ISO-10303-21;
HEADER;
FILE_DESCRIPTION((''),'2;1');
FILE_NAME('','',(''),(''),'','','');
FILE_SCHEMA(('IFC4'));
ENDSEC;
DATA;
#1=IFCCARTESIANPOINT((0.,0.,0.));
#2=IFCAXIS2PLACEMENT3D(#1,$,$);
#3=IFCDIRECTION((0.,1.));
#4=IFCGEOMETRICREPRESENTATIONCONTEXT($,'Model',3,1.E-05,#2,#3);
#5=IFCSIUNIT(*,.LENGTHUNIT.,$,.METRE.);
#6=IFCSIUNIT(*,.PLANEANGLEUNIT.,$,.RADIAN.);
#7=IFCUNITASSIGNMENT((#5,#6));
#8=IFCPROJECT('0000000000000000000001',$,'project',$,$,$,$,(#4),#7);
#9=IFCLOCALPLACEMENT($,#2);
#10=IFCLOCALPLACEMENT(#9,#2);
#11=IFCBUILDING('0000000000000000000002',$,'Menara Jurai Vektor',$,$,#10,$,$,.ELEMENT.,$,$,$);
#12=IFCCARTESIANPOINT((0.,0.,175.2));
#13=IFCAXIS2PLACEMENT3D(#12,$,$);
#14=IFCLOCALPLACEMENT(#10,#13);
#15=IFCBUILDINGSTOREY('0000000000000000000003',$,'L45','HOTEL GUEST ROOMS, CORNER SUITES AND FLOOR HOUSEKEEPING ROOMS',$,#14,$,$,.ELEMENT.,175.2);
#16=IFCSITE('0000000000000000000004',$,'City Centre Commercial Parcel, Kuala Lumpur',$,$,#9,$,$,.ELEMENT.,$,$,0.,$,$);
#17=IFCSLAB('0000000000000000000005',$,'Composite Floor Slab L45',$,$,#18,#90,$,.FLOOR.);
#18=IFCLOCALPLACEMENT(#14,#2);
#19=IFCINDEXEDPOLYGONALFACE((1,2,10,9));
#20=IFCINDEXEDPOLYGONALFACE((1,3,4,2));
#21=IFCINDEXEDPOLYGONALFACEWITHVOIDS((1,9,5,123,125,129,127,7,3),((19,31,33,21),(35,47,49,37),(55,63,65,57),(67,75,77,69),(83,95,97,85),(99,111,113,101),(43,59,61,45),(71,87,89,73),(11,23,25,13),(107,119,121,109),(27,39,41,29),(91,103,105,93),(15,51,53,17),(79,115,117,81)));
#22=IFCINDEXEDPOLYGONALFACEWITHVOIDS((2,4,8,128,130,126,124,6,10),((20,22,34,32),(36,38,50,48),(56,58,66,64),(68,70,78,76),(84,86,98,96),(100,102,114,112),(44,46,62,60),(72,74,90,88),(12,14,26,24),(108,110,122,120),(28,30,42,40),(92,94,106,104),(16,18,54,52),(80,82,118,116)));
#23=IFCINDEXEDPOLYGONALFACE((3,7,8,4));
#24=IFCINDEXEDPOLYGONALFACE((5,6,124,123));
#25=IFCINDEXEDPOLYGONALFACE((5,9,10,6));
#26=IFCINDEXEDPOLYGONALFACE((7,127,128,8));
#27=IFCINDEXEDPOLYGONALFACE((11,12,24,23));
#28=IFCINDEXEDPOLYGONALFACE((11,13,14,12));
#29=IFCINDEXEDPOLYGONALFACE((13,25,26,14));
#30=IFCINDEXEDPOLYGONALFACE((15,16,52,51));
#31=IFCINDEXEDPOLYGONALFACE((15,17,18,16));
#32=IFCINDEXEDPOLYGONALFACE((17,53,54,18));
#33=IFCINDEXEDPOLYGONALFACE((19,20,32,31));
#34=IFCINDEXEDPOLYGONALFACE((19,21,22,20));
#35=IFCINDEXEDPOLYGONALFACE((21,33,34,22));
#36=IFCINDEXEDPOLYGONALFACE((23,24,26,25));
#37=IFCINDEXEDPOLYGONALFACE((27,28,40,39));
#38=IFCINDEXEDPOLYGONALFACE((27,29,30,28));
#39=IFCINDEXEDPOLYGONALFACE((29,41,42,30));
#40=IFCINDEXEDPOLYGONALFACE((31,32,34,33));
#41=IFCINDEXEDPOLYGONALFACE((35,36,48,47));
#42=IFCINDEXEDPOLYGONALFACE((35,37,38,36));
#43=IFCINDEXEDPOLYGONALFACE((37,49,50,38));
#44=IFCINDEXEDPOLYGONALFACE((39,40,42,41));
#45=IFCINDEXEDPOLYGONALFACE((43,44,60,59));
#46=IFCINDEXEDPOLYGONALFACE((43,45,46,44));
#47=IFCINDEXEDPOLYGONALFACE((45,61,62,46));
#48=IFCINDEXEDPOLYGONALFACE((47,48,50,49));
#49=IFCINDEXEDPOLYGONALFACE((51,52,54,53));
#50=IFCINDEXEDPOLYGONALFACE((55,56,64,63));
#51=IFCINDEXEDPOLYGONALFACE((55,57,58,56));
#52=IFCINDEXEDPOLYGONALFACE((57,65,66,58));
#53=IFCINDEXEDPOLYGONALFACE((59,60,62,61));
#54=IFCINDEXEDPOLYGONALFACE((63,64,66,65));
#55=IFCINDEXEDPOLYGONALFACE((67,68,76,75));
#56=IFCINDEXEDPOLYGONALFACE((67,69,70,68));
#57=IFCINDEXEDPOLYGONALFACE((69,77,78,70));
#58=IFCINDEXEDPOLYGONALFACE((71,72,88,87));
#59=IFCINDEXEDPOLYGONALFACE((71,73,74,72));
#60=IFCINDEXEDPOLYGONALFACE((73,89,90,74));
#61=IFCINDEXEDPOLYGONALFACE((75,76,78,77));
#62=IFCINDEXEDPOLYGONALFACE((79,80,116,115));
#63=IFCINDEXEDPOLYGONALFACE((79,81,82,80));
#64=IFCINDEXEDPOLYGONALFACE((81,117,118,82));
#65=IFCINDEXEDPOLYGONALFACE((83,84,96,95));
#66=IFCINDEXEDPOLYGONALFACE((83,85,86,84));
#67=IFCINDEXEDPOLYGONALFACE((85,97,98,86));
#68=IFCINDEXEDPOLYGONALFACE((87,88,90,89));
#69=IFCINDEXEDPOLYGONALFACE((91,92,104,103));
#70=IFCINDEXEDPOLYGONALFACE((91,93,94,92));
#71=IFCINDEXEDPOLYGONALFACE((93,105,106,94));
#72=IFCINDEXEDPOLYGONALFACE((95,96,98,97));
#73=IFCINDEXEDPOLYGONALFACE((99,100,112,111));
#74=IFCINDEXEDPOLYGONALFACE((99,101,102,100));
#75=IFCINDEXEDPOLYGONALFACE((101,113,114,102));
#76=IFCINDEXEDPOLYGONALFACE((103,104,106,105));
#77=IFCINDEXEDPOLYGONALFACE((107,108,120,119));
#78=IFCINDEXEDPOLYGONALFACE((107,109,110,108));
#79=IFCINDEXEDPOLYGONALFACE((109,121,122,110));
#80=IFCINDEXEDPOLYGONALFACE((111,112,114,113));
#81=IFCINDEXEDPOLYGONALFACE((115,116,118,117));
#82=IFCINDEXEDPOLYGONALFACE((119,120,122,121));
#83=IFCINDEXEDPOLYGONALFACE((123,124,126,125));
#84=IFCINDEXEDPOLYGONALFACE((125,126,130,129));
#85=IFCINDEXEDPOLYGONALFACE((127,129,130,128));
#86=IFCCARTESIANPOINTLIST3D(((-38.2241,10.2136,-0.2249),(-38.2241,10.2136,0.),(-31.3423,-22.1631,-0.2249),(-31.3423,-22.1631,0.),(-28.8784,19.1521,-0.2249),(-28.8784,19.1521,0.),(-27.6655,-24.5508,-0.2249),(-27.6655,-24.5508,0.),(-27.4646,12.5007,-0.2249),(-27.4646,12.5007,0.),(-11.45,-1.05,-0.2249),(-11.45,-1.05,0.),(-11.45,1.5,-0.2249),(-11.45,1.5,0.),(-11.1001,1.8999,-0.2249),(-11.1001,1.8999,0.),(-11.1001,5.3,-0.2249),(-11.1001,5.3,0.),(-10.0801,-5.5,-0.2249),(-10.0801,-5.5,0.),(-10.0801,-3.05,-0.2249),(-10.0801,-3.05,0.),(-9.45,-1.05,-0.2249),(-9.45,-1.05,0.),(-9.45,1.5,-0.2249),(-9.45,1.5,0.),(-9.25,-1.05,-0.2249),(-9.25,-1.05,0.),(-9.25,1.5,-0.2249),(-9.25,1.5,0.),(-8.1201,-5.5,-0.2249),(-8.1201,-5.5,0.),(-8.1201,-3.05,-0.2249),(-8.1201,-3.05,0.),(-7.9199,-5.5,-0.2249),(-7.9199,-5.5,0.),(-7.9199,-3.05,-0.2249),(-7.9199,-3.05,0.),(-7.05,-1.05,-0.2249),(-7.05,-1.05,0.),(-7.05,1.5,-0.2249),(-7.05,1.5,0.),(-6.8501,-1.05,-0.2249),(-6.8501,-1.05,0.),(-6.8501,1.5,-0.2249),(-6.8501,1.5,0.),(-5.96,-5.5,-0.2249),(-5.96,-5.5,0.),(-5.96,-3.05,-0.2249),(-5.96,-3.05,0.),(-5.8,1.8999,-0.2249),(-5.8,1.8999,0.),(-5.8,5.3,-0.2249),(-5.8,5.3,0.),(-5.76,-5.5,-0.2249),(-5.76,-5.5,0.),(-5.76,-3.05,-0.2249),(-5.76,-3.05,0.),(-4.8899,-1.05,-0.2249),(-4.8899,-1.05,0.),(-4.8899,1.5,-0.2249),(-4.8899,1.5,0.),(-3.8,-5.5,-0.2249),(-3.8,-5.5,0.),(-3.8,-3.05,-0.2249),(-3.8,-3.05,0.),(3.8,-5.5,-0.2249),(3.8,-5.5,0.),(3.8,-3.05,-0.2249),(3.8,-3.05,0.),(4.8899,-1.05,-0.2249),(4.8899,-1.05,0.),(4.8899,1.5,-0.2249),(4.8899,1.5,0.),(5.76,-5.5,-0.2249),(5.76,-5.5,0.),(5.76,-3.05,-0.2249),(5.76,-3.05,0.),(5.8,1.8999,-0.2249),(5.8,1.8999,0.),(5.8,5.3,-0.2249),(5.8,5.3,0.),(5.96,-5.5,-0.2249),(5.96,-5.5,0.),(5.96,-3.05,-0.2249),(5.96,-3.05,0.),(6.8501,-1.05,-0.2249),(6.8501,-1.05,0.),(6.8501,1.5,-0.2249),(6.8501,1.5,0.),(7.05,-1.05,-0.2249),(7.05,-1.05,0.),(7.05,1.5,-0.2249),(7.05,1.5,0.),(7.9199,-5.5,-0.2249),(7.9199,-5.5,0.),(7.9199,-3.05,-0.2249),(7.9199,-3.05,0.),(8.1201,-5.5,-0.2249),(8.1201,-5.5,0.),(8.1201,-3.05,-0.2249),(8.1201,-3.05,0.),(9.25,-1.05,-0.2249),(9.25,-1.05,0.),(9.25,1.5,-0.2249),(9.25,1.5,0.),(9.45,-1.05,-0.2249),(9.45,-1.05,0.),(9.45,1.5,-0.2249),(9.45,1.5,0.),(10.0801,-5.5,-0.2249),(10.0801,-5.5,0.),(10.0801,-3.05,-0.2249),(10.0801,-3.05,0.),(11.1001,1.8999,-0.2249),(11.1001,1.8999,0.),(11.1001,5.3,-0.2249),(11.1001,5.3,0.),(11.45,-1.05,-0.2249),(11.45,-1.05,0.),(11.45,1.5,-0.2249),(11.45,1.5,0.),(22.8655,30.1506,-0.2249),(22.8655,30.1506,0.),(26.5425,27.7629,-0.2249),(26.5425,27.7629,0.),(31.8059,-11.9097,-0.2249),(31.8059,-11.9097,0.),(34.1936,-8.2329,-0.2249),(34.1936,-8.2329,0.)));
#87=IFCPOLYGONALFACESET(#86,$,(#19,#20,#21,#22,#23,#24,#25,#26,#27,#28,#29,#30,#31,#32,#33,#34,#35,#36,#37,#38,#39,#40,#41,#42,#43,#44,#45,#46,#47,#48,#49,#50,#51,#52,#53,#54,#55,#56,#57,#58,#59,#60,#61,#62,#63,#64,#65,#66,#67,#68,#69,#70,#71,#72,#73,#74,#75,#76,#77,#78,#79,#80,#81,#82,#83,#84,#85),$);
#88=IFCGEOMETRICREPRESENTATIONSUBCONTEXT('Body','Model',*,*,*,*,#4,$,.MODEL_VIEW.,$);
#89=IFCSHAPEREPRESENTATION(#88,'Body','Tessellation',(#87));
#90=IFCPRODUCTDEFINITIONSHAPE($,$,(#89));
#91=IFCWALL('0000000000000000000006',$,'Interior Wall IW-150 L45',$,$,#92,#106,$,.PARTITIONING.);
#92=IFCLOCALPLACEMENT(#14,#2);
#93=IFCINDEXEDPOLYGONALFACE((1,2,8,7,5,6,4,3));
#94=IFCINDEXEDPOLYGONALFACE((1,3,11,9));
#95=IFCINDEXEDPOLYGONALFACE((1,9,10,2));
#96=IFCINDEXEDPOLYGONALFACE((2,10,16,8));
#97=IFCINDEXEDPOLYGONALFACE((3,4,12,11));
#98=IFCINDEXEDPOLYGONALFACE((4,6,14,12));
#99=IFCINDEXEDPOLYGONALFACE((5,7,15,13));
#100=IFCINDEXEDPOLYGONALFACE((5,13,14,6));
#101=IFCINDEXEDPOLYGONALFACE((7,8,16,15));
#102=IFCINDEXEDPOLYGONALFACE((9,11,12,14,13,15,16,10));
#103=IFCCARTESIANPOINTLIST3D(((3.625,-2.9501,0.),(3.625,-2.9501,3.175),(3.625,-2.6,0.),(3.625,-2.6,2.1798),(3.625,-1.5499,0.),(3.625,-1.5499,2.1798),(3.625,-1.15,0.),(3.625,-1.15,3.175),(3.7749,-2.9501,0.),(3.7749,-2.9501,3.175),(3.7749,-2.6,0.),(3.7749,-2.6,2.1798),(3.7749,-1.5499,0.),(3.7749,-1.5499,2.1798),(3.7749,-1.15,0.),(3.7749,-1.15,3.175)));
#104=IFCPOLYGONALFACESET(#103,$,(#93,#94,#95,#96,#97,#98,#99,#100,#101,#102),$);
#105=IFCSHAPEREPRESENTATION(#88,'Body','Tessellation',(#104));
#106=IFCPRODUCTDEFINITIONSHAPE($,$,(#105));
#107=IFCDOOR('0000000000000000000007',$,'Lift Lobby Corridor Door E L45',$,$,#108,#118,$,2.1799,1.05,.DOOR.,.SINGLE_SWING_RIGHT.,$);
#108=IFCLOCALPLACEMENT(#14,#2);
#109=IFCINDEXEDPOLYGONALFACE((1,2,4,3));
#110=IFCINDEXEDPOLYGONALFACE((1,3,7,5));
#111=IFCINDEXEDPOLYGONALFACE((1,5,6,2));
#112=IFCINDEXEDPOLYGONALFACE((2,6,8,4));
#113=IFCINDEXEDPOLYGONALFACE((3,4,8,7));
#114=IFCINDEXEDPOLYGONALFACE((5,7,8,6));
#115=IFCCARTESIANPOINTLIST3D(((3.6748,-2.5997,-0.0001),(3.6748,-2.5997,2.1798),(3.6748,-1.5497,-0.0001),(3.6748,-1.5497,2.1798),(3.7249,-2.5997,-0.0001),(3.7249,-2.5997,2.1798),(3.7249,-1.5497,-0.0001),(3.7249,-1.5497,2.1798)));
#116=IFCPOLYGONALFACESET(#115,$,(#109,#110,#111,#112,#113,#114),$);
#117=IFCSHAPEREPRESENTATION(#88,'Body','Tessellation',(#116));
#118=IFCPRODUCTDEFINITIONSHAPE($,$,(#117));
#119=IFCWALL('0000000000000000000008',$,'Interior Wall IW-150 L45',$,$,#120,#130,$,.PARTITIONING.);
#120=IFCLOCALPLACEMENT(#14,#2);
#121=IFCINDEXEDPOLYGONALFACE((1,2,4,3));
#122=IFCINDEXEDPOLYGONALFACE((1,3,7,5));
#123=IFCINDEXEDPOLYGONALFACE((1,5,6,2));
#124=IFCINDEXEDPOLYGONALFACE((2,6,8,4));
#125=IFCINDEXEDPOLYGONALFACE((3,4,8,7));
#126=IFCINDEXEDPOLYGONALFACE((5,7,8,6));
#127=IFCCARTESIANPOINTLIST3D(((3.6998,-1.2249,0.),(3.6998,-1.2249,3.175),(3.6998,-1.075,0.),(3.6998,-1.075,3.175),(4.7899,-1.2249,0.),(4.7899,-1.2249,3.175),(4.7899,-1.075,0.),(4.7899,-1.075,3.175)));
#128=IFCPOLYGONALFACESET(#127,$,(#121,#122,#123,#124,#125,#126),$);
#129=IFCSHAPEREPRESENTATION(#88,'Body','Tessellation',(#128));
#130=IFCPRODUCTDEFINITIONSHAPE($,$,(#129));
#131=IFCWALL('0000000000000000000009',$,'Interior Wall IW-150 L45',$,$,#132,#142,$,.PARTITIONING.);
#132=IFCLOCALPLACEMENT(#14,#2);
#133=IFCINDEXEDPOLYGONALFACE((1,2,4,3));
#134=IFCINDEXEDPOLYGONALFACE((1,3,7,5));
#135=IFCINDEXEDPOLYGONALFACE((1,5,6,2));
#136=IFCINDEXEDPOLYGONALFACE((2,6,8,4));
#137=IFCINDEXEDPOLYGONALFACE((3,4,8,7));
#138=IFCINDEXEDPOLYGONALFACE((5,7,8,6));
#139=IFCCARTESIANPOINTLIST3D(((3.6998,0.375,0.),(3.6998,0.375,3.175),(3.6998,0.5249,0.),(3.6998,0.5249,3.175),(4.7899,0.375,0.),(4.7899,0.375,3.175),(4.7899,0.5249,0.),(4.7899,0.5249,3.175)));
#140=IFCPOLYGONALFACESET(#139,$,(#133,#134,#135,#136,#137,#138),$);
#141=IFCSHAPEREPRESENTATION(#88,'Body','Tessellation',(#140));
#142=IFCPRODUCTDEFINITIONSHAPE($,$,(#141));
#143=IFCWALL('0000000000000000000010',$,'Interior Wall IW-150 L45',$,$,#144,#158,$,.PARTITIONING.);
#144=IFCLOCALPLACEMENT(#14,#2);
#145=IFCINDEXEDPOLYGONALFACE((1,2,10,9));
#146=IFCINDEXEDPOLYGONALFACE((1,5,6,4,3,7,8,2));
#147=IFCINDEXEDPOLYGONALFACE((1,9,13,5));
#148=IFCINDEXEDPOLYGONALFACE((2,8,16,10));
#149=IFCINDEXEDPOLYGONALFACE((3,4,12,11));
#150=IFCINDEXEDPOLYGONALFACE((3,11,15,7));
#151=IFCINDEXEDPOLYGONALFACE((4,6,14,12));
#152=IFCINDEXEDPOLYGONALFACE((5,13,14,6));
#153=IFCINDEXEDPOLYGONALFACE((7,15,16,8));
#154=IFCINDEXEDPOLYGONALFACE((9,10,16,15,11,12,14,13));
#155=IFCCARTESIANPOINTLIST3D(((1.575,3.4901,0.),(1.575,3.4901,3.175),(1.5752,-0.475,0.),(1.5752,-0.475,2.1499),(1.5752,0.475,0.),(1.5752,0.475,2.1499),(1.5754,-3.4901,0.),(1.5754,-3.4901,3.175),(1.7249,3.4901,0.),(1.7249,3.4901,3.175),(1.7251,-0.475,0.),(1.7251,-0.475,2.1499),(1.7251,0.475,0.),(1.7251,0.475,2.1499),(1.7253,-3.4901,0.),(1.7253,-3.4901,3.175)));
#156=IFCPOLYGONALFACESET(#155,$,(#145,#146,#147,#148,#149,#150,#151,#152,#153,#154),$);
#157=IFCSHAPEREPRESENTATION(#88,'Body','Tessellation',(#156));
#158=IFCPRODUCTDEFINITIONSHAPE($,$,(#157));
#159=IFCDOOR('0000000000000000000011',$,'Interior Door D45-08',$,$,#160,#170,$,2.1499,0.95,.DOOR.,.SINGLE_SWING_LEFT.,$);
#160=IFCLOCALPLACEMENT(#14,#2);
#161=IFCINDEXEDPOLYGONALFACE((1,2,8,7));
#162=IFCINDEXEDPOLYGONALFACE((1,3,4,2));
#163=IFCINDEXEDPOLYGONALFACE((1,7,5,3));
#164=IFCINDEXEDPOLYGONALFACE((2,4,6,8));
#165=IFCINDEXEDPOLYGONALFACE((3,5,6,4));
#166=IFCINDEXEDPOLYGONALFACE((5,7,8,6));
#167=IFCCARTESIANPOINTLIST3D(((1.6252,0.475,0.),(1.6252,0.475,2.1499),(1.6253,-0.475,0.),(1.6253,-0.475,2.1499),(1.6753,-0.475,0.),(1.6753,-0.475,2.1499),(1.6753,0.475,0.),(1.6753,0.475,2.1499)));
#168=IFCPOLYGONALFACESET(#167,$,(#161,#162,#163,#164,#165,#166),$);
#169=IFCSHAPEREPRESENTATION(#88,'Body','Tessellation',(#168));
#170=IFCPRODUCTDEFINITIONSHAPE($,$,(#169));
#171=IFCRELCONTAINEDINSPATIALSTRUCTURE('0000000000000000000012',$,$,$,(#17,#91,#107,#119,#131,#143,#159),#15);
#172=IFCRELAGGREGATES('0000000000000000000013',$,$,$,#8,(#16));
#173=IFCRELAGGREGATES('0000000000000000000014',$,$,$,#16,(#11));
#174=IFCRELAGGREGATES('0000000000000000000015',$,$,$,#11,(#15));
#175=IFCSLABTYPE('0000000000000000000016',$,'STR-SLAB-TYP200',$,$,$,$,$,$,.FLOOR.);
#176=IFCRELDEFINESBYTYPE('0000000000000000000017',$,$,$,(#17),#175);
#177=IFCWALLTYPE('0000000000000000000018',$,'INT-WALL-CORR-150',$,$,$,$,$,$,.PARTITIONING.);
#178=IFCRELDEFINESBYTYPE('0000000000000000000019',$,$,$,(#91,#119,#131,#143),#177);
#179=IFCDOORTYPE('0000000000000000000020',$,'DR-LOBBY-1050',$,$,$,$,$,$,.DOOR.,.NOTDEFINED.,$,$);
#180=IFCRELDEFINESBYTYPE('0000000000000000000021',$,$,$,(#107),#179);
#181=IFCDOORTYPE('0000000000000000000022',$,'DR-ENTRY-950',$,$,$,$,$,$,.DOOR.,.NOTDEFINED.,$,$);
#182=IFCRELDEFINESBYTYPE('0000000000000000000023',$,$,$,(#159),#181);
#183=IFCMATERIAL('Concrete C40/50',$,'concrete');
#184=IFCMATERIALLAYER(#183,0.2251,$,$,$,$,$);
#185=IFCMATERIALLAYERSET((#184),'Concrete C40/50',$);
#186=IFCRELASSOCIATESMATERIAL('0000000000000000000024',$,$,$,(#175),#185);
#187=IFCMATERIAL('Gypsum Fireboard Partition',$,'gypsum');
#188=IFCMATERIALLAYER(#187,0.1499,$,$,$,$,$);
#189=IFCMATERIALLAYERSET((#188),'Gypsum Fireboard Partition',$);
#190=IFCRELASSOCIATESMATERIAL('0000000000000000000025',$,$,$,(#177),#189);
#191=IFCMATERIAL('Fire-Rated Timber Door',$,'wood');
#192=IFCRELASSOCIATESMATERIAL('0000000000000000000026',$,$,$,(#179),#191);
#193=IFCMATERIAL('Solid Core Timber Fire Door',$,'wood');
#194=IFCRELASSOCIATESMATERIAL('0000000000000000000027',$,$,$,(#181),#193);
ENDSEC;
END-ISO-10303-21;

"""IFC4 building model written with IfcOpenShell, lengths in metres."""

from ifc_helpers import new_model, si_unit, direction, frame, frame_2d, origin, place, context, subcontext, project, spatial, polyline, rectangle, outline, extrude, material, layer, layer_set, type_object, element, fill, save


model = new_model("IFC4")

# Units and contexts
model_context = context("Model", 3, precision=1e-05, world=origin(), true_north=direction((0.0, 1.0)))
body_context = subcontext(model_context, "Body", "Model", "MODEL_VIEW")
ifc_project = project(units=[si_unit("LENGTHUNIT", "METRE"), si_unit("PLANEANGLEUNIT", "RADIAN")], contexts=[model_context])

# Site, building, storey
site_placement = place(None, origin())
site = spatial("IfcSite", under=ifc_project, at=site_placement, Name="City Centre Commercial Parcel, Kuala Lumpur", CompositionType="ELEMENT", RefElevation=0.0)
building_placement = place(site_placement, origin())
building = spatial("IfcBuilding", under=site, at=building_placement, Name="Menara Jurai Vektor", CompositionType="ELEMENT")
storey_placement = place(building_placement, frame((0.0, 0.0, 175.2)))
storey = spatial("IfcBuildingStorey", under=building, at=storey_placement, Name="L45", Description="HOTEL GUEST ROOMS, CORNER SUITES AND FLOOR HOUSEKEEPING ROOMS", CompositionType="ELEMENT", Elevation=175.2)

# Shared definitions
ifc_material_1 = material(Name="Concrete C40/50", Category="concrete")

# Slab
ifc_layer_1 = layer(ifc_material_1, 0.2251)
ifc_layer_set_1 = layer_set([ifc_layer_1], Name="Concrete C40/50")
slab_type_1 = type_object("IfcSlabType", Name="STR-SLAB-TYP200", PredefinedType="FLOOR", material=ifc_layer_set_1)
slab_1_placement = place(storey_placement, frame((0.0, 0.0, -0.2249)))
element("IfcSlab", 1, at=slab_1_placement, inside=storey, type_object=slab_type_1, Name="Composite Floor Slab L45", PredefinedType="FLOOR", context=body_context, shape_type="SweptSolid", body=[
    extrude(outline(polyline([(-28.8784, 19.1521), (-27.4646, 12.5007), (-38.2241, 10.2136), (-31.3423, -22.1631), (-27.6655, -24.5508), (31.8059, -11.9097), (34.1936, -8.2329), (26.5425, 27.7629), (22.8655, 30.1506), (-28.8784, 19.1521)]), holes=[polyline([(-11.1001, 1.8999), (-11.1001, 5.3), (-5.8, 5.3), (-5.8, 1.8999), (-11.1001, 1.8999)]), polyline([(5.8, 1.8999), (5.8, 5.3), (11.1001, 5.3), (11.1001, 1.8999), (5.8, 1.8999)]), polyline([(-11.45, -1.05), (-11.45, 1.5), (-9.45, 1.5), (-9.45, -1.05), (-11.45, -1.05)]), polyline([(9.45, -1.05), (9.45, 1.5), (11.45, 1.5), (11.45, -1.05), (9.45, -1.05)]), polyline([(-5.76, -5.5), (-5.76, -3.05), (-3.8, -3.05), (-3.8, -5.5), (-5.76, -5.5)]), polyline([(-6.8501, -1.05), (-6.8501, 1.5), (-4.8899, 1.5), (-4.8899, -1.05), (-6.8501, -1.05)]), polyline([(3.8, -5.5), (3.8, -3.05), (5.76, -3.05), (5.76, -5.5), (3.8, -5.5)]), polyline([(4.8899, -1.05), (4.8899, 1.5), (6.8501, 1.5), (6.8501, -1.05), (4.8899, -1.05)]), polyline([(-10.0801, -5.5), (-10.0801, -3.05), (-8.1201, -3.05), (-8.1201, -5.5), (-10.0801, -5.5)]), polyline([(-7.9199, -5.5), (-7.9199, -3.05), (-5.96, -3.05), (-5.96, -5.5), (-7.9199, -5.5)]), polyline([(5.96, -5.5), (5.96, -3.05), (7.9199, -3.05), (7.9199, -5.5), (5.96, -5.5)]), polyline([(8.1201, -5.5), (8.1201, -3.05), (10.0801, -3.05), (10.0801, -5.5), (8.1201, -5.5)]), polyline([(-9.25, -1.05), (-9.25, 1.5), (-7.05, 1.5), (-7.05, -1.05), (-9.25, -1.05)]), polyline([(7.05, -1.05), (7.05, 1.5), (9.25, 1.5), (9.25, -1.05), (7.05, -1.05)])]), origin(), (0.0, 0.0, 1.0), 0.2249),
])

# Wall, opening, door
ifc_material_2 = material(Name="Gypsum Fireboard Partition", Category="gypsum")
ifc_layer_2 = layer(ifc_material_2, 0.1499)
ifc_layer_set_2 = layer_set([ifc_layer_2], Name="Gypsum Fireboard Partition")
wall_type_1 = type_object("IfcWallType", Name="INT-WALL-CORR-150", PredefinedType="PARTITIONING", material=ifc_layer_set_2)
wall_1_placement = place(storey_placement, frame((3.7, -2.95, 0.0), z_axis=(0.0, 0.0, 1.0), x_axis=(0.0, 1.0, 0.0)))
wall_1 = element("IfcWall", 2, at=wall_1_placement, inside=storey, type_object=wall_type_1, Name="Interior Wall IW-150 L45", PredefinedType="PARTITIONING", context=body_context, shape_type="SweptSolid", body=[
    extrude(rectangle(XDim=1.8, YDim=0.1499, at=frame_2d((0.8999, 0.0))), origin(), (0.0, 0.0, 1.0), 3.175),
])
opening_1_placement = place(wall_1_placement, frame((0.3501, 0.0, 0.0)))
opening_1 = element("IfcOpeningElement", 3, at=opening_1_placement, cuts=wall_1, PredefinedType="OPENING", context=body_context, shape_type="SweptSolid", body=[
    extrude(rectangle(XDim=1.05, YDim=2.1799, at=frame_2d((0.5249, 1.0898))), frame((0.0, 0.085, 0.0), z_axis=(0.0, -1.0, 0.0), x_axis=(1.0, 0.0, 0.0)), (0.0, 0.0, 1.0), 0.1699),
])
ifc_material_3 = material(Name="Fire-Rated Timber Door", Category="wood")
door_type_1 = type_object("IfcDoorType", Name="DR-LOBBY-1050", OperationType="NOTDEFINED", PredefinedType="DOOR", material=ifc_material_3)
door_1_placement = place(opening_1_placement, frame((1.05, 0.0, 0.0), z_axis=(0.0, 0.0, 1.0), x_axis=(-1.0, 0.0, 0.0)))
door_1 = element("IfcDoor", 4, at=door_1_placement, inside=storey, type_object=door_type_1, Name="Lift Lobby Corridor Door E L45", OperationType="SINGLE_SWING_RIGHT", OverallHeight=2.1799, OverallWidth=1.05, PredefinedType="DOOR", context=body_context, shape_type="SweptSolid", body=[
    extrude(rectangle(XDim=1.05, YDim=2.1799, at=frame_2d((0.5249, 1.0898))), frame((0.0, 0.0249, 0.0), z_axis=(0.0, -1.0, 0.0), x_axis=(1.0, 0.0, 0.0)), (0.0, 0.0, 1.0), 0.05),
])
fill(opening_1, door_1)

# Walls
for number, where, z_axis, x_axis, name in (
    (5, (3.7, -1.1499, 0.0), (0.0, 0.0, 1.0), (1.0, 0.0, 0.0), "Interior Wall IW-150 L45"),
    (6, (3.7, 0.45, 0.0), (0.0, 0.0, 1.0), (1.0, 0.0, 0.0), "Interior Wall IW-150 L45"),
):
    element("IfcWall", number, at=place(storey_placement, frame(where, z_axis=z_axis, x_axis=x_axis)), inside=storey, type_object=wall_type_1, Name=name, PredefinedType="PARTITIONING", context=body_context, shape_type="SweptSolid", body=[
        extrude(rectangle(XDim=1.0901, YDim=0.1499, at=frame_2d((0.5449, 0.0))), origin(), (0.0, 0.0, 1.0), 3.175),
    ])

# Wall, opening, door
wall_2_placement = place(storey_placement, frame((1.6504, -3.4902, 0.0), z_axis=(0.0, 0.0, 1.0), x_axis=(-0.00007, 1.0, 0.0)))
wall_2 = element("IfcWall", 7, at=wall_2_placement, inside=storey, type_object=wall_type_1, Name="Interior Wall IW-150 L45", PredefinedType="PARTITIONING", context=body_context, shape_type="SweptSolid", body=[
    extrude(rectangle(XDim=6.9802, YDim=0.1499, at=frame_2d((3.4902, 0.0))), origin(), (0.0, 0.0, 1.0), 3.175),
])
opening_2_placement = place(wall_2_placement, frame((3.0151, 0.0, 0.0)))
opening_2 = element("IfcOpeningElement", 8, at=opening_2_placement, cuts=wall_2, PredefinedType="OPENING", context=body_context, shape_type="SweptSolid", body=[
    extrude(rectangle(XDim=0.95, YDim=2.1499, at=frame_2d((0.4751, 1.075))), frame((0.0, 0.085, 0.0), z_axis=(0.0, -1.0, 0.0), x_axis=(1.0, 0.0, 0.0)), (0.0, 0.0, 1.0), 0.1699),
])
ifc_material_4 = material(Name="Solid Core Timber Fire Door", Category="wood")
door_type_2 = type_object("IfcDoorType", Name="DR-ENTRY-950", OperationType="NOTDEFINED", PredefinedType="DOOR", material=ifc_material_4)
door_2_placement = place(opening_2_placement, origin())
door_2 = element("IfcDoor", 9, at=door_2_placement, inside=storey, type_object=door_type_2, Name="Interior Door D45-08", OperationType="SINGLE_SWING_LEFT", OverallHeight=2.1499, OverallWidth=0.95, PredefinedType="DOOR", context=body_context, shape_type="SweptSolid", body=[
    extrude(rectangle(XDim=0.95, YDim=2.1499, at=frame_2d((0.4751, 1.075))), frame((0.0, 0.0249, 0.0), z_axis=(0.0, -1.0, 0.0), x_axis=(1.0, 0.0, 0.0)), (0.0, 0.0, 1.0), 0.05),
])
fill(opening_2, door_2)

save(model, "model.ifc")
